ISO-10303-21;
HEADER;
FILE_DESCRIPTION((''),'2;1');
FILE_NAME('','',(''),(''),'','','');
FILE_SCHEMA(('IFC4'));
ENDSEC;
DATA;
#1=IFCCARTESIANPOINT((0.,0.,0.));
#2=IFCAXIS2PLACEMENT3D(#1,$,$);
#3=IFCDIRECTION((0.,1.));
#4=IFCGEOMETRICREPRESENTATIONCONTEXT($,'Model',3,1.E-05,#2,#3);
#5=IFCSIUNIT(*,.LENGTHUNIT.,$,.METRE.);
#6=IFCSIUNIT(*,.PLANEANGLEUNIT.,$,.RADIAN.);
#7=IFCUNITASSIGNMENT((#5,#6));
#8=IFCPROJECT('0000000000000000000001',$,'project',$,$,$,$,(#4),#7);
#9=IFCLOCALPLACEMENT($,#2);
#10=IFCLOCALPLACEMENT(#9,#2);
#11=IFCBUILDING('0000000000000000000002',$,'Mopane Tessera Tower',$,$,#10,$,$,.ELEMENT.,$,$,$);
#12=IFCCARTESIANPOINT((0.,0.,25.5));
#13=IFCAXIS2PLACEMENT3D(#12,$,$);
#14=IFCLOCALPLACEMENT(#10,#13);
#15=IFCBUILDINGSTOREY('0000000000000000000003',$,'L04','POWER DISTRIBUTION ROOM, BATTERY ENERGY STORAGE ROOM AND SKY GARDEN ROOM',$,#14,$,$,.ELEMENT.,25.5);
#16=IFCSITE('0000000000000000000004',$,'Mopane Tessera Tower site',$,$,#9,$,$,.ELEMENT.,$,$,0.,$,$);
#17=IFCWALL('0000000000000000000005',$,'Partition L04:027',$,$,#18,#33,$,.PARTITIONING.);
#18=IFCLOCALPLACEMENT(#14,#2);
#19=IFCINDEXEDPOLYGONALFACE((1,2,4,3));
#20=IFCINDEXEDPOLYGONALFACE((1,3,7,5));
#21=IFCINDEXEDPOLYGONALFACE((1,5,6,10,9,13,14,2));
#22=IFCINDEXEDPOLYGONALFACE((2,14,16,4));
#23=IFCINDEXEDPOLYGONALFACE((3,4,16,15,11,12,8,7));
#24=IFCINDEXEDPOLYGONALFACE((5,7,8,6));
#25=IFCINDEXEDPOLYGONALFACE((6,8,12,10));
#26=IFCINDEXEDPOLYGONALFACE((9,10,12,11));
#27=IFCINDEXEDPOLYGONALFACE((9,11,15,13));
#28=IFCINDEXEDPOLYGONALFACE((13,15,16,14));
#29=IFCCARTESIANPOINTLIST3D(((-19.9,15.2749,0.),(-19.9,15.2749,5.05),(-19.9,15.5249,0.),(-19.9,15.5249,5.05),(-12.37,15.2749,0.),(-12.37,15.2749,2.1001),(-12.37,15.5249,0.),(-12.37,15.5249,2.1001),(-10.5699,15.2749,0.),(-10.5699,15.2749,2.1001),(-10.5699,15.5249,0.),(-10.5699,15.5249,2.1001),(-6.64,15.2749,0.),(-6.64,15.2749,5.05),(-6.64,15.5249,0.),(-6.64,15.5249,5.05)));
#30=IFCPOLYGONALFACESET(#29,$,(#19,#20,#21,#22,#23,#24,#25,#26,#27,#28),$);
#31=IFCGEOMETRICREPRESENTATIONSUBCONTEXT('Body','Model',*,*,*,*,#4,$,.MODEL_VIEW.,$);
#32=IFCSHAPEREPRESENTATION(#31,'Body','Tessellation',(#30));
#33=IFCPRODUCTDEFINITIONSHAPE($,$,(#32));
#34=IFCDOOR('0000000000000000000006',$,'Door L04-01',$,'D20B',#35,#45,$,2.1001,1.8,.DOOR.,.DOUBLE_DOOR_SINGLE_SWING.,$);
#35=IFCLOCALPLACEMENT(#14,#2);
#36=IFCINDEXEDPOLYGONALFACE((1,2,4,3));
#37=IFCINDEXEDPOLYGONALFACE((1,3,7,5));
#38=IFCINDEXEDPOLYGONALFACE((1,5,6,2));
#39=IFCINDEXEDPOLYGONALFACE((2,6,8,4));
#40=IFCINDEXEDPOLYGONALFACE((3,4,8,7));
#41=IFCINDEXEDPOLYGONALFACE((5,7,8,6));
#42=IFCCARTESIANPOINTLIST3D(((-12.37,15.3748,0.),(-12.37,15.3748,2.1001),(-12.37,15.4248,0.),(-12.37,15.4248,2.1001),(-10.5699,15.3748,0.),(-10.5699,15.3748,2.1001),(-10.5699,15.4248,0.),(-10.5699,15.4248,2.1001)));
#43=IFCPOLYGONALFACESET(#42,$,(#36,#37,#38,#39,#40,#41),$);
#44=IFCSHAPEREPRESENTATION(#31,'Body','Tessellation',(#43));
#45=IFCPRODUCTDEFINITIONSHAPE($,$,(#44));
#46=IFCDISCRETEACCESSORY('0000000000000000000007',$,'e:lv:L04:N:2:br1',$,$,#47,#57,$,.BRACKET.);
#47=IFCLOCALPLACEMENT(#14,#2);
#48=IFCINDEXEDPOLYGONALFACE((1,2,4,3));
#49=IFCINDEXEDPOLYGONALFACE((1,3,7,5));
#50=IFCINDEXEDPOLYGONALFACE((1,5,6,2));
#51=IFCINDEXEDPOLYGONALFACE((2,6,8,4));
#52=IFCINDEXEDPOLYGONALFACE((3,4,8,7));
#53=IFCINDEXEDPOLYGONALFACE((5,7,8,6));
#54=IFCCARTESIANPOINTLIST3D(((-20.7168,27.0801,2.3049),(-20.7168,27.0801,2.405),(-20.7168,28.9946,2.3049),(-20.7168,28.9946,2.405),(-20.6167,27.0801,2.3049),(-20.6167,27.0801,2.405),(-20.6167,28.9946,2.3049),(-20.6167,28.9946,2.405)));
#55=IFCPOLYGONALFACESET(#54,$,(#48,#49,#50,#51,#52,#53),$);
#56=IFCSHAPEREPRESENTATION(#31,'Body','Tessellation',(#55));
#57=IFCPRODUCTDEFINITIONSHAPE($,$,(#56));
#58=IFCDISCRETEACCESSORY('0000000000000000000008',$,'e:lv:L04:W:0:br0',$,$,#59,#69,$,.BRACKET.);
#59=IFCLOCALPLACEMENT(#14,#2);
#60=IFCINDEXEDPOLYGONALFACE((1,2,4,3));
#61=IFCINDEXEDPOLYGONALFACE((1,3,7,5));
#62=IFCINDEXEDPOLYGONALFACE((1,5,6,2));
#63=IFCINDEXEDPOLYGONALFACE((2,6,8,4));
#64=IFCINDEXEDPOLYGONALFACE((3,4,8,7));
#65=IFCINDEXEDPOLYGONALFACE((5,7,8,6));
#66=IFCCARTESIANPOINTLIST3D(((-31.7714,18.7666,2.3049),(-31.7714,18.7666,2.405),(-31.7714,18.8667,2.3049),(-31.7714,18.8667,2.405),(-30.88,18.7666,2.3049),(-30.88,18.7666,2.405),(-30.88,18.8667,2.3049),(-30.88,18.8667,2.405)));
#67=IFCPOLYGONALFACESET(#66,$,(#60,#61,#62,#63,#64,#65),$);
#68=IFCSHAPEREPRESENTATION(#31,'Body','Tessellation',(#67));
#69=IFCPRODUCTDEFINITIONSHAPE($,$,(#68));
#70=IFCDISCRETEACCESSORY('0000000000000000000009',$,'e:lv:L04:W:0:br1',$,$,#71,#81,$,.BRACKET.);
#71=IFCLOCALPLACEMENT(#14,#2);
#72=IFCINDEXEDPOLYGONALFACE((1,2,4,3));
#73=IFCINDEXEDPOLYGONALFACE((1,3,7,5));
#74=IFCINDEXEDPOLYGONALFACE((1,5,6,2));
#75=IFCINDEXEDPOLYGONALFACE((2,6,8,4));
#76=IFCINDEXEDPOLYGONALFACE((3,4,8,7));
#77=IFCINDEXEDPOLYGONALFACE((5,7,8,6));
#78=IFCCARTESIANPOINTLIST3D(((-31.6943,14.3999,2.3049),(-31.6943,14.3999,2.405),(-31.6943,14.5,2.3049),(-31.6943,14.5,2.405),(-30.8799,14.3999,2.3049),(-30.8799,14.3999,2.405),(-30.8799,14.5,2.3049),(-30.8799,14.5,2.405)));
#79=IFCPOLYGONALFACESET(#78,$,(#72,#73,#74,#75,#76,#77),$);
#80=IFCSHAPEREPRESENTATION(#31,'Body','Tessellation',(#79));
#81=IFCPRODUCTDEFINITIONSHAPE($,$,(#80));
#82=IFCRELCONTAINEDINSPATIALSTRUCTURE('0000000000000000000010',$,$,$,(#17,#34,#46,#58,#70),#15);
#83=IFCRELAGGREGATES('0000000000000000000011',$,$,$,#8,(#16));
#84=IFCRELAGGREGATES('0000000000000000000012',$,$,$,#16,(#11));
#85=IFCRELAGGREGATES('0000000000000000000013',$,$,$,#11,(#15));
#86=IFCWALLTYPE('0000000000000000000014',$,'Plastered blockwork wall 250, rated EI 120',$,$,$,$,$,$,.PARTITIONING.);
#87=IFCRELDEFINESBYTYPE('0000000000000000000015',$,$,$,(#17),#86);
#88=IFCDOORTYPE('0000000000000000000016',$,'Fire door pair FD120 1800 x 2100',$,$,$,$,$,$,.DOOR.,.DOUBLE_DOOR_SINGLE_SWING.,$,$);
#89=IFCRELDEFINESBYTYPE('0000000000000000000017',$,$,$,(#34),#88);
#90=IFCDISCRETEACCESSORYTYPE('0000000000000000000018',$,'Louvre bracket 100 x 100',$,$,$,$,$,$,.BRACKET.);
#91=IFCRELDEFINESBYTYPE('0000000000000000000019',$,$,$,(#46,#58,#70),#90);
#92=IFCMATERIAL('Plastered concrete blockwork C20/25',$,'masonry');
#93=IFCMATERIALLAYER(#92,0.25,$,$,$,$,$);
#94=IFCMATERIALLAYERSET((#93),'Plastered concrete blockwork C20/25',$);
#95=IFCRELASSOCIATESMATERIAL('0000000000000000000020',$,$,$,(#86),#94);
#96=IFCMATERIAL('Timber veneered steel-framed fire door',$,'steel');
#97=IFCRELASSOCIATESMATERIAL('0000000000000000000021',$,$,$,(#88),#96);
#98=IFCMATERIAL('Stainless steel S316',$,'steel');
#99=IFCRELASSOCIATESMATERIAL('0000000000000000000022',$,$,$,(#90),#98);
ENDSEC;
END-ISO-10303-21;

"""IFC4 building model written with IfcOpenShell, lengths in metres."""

from ifc_helpers import new_model, si_unit, direction, frame, frame_2d, origin, origin_2d, place, context, subcontext, project, spatial, rectangle, extrude, material, layer, layer_set, type_object, element, fill, save


model = new_model("IFC4")

# Units and contexts
model_context = context("Model", 3, precision=1e-05, world=origin(), true_north=direction((0.0, 1.0)))
body_context = subcontext(model_context, "Body", "Model", "MODEL_VIEW")
ifc_project = project(units=[si_unit("LENGTHUNIT", "METRE"), si_unit("PLANEANGLEUNIT", "RADIAN")], contexts=[model_context])

# Site, building, storey
site_placement = place(None, origin())
site = spatial("IfcSite", under=ifc_project, at=site_placement, Name="Mopane Tessera Tower site", CompositionType="ELEMENT", RefElevation=0.0)
building_placement = place(site_placement, origin())
building = spatial("IfcBuilding", under=site, at=building_placement, Name="Mopane Tessera Tower", CompositionType="ELEMENT")
storey_placement = place(building_placement, frame((0.0, 0.0, 25.5)))
storey = spatial("IfcBuildingStorey", under=building, at=storey_placement, Name="L04", Description="POWER DISTRIBUTION ROOM, BATTERY ENERGY STORAGE ROOM AND SKY GARDEN ROOM", CompositionType="ELEMENT", Elevation=25.5)

# Shared definitions
ifc_material_1 = material(Name="Plastered concrete blockwork C20/25", Category="masonry")
ifc_layer_1 = layer(ifc_material_1, 0.25)
ifc_layer_set_1 = layer_set([ifc_layer_1], Name="Plastered concrete blockwork C20/25")
wall_type_1 = type_object("IfcWallType", Name="Plastered blockwork wall 250, rated EI 120", PredefinedType="PARTITIONING", material=ifc_layer_set_1)

# Wall, opening, door
wall_1_placement = place(storey_placement, frame((-19.8999, 15.3999, 0.0), z_axis=(0.0, 0.0, 1.0), x_axis=(1.0, 0.0, 0.0)))
wall_1 = element("IfcWall", 1, at=wall_1_placement, inside=storey, type_object=wall_type_1, Name="Partition L04:027", PredefinedType="PARTITIONING", context=body_context, shape_type="SweptSolid", body=[
    extrude(rectangle(XDim=13.26, YDim=0.25, at=frame_2d((6.6299, 0.0))), origin(), (0.0, 0.0, 1.0), 5.05),
])
opening_1_placement = place(wall_1_placement, frame((7.53, 0.0, 0.0)))
opening_1 = element("IfcOpeningElement", 2, at=opening_1_placement, cuts=wall_1, PredefinedType="OPENING", context=body_context, shape_type="SweptSolid", body=[
    extrude(rectangle(XDim=1.8, YDim=2.1001, at=frame_2d((0.8999, 1.05))), frame((0.0, 0.137, 0.0), z_axis=(0.0, -1.0, 0.0), x_axis=(1.0, 0.0, 0.0)), (0.0, 0.0, 1.0), 0.2739),
])
ifc_material_2 = material(Name="Timber veneered steel-framed fire door", Category="steel")
door_type_1 = type_object("IfcDoorType", Name="Fire door pair FD120 1800 x 2100", OperationType="DOUBLE_DOOR_SINGLE_SWING", PredefinedType="DOOR", material=ifc_material_2)
door_1_placement = place(opening_1_placement, origin())
door_1 = element("IfcDoor", 3, at=door_1_placement, inside=storey, type_object=door_type_1, Name="Door L04-01", ObjectType="D20B", OperationType="DOUBLE_DOOR_SINGLE_SWING", OverallHeight=2.1001, OverallWidth=1.8, PredefinedType="DOOR", context=body_context, shape_type="SweptSolid", body=[
    extrude(rectangle(XDim=1.8, YDim=2.1001, at=frame_2d((0.8999, 1.05))), frame((0.0, 0.0249, 0.0), z_axis=(0.0, -1.0, 0.0), x_axis=(1.0, 0.0, 0.0)), (0.0, 0.0, 1.0), 0.05),
])
fill(opening_1, door_1)

# Discrete accessories
ifc_material_3 = material(Name="Stainless steel S316", Category="steel")
discrete_accessory_type = type_object("IfcDiscreteAccessoryType", Name="Louvre bracket 100 x 100", PredefinedType="BRACKET", material=ifc_material_3)
discrete_accessory_1_placement = place(storey_placement, frame((-20.6667, 28.0374, 2.3049), z_axis=(0.0, 0.0, 1.0), x_axis=(0.0, 1.0, 0.0)))
element("IfcDiscreteAccessory", 4, at=discrete_accessory_1_placement, inside=storey, type_object=discrete_accessory_type, Name="e:lv:L04:N:2:br1", PredefinedType="BRACKET", context=body_context, shape_type="SweptSolid", body=[
    extrude(rectangle(XDim=1.9146, YDim=0.1001, at=origin_2d()), origin(), (0.0, 0.0, 1.0), 0.1001),
])
discrete_accessory_2_placement = place(storey_placement, frame((-31.3257, 18.8167, 2.3049), z_axis=(0.0, 0.0, 1.0), x_axis=(-1.0, 0.0, 0.0)))
element("IfcDiscreteAccessory", 5, at=discrete_accessory_2_placement, inside=storey, type_object=discrete_accessory_type, Name="e:lv:L04:W:0:br0", PredefinedType="BRACKET", context=body_context, shape_type="SweptSolid", body=[
    extrude(rectangle(XDim=0.8914, YDim=0.1001, at=origin_2d()), origin(), (0.0, 0.0, 1.0), 0.1001),
])
discrete_accessory_3_placement = place(storey_placement, frame((-31.2871, 14.45, 2.3049), z_axis=(0.0, 0.0, 1.0), x_axis=(-1.0, 0.0, 0.0)))
element("IfcDiscreteAccessory", 6, at=discrete_accessory_3_placement, inside=storey, type_object=discrete_accessory_type, Name="e:lv:L04:W:0:br1", PredefinedType="BRACKET", context=body_context, shape_type="SweptSolid", body=[
    extrude(rectangle(XDim=0.8145, YDim=0.1001, at=origin_2d()), origin(), (0.0, 0.0, 1.0), 0.1001),
])

save(model, "model.ifc")
